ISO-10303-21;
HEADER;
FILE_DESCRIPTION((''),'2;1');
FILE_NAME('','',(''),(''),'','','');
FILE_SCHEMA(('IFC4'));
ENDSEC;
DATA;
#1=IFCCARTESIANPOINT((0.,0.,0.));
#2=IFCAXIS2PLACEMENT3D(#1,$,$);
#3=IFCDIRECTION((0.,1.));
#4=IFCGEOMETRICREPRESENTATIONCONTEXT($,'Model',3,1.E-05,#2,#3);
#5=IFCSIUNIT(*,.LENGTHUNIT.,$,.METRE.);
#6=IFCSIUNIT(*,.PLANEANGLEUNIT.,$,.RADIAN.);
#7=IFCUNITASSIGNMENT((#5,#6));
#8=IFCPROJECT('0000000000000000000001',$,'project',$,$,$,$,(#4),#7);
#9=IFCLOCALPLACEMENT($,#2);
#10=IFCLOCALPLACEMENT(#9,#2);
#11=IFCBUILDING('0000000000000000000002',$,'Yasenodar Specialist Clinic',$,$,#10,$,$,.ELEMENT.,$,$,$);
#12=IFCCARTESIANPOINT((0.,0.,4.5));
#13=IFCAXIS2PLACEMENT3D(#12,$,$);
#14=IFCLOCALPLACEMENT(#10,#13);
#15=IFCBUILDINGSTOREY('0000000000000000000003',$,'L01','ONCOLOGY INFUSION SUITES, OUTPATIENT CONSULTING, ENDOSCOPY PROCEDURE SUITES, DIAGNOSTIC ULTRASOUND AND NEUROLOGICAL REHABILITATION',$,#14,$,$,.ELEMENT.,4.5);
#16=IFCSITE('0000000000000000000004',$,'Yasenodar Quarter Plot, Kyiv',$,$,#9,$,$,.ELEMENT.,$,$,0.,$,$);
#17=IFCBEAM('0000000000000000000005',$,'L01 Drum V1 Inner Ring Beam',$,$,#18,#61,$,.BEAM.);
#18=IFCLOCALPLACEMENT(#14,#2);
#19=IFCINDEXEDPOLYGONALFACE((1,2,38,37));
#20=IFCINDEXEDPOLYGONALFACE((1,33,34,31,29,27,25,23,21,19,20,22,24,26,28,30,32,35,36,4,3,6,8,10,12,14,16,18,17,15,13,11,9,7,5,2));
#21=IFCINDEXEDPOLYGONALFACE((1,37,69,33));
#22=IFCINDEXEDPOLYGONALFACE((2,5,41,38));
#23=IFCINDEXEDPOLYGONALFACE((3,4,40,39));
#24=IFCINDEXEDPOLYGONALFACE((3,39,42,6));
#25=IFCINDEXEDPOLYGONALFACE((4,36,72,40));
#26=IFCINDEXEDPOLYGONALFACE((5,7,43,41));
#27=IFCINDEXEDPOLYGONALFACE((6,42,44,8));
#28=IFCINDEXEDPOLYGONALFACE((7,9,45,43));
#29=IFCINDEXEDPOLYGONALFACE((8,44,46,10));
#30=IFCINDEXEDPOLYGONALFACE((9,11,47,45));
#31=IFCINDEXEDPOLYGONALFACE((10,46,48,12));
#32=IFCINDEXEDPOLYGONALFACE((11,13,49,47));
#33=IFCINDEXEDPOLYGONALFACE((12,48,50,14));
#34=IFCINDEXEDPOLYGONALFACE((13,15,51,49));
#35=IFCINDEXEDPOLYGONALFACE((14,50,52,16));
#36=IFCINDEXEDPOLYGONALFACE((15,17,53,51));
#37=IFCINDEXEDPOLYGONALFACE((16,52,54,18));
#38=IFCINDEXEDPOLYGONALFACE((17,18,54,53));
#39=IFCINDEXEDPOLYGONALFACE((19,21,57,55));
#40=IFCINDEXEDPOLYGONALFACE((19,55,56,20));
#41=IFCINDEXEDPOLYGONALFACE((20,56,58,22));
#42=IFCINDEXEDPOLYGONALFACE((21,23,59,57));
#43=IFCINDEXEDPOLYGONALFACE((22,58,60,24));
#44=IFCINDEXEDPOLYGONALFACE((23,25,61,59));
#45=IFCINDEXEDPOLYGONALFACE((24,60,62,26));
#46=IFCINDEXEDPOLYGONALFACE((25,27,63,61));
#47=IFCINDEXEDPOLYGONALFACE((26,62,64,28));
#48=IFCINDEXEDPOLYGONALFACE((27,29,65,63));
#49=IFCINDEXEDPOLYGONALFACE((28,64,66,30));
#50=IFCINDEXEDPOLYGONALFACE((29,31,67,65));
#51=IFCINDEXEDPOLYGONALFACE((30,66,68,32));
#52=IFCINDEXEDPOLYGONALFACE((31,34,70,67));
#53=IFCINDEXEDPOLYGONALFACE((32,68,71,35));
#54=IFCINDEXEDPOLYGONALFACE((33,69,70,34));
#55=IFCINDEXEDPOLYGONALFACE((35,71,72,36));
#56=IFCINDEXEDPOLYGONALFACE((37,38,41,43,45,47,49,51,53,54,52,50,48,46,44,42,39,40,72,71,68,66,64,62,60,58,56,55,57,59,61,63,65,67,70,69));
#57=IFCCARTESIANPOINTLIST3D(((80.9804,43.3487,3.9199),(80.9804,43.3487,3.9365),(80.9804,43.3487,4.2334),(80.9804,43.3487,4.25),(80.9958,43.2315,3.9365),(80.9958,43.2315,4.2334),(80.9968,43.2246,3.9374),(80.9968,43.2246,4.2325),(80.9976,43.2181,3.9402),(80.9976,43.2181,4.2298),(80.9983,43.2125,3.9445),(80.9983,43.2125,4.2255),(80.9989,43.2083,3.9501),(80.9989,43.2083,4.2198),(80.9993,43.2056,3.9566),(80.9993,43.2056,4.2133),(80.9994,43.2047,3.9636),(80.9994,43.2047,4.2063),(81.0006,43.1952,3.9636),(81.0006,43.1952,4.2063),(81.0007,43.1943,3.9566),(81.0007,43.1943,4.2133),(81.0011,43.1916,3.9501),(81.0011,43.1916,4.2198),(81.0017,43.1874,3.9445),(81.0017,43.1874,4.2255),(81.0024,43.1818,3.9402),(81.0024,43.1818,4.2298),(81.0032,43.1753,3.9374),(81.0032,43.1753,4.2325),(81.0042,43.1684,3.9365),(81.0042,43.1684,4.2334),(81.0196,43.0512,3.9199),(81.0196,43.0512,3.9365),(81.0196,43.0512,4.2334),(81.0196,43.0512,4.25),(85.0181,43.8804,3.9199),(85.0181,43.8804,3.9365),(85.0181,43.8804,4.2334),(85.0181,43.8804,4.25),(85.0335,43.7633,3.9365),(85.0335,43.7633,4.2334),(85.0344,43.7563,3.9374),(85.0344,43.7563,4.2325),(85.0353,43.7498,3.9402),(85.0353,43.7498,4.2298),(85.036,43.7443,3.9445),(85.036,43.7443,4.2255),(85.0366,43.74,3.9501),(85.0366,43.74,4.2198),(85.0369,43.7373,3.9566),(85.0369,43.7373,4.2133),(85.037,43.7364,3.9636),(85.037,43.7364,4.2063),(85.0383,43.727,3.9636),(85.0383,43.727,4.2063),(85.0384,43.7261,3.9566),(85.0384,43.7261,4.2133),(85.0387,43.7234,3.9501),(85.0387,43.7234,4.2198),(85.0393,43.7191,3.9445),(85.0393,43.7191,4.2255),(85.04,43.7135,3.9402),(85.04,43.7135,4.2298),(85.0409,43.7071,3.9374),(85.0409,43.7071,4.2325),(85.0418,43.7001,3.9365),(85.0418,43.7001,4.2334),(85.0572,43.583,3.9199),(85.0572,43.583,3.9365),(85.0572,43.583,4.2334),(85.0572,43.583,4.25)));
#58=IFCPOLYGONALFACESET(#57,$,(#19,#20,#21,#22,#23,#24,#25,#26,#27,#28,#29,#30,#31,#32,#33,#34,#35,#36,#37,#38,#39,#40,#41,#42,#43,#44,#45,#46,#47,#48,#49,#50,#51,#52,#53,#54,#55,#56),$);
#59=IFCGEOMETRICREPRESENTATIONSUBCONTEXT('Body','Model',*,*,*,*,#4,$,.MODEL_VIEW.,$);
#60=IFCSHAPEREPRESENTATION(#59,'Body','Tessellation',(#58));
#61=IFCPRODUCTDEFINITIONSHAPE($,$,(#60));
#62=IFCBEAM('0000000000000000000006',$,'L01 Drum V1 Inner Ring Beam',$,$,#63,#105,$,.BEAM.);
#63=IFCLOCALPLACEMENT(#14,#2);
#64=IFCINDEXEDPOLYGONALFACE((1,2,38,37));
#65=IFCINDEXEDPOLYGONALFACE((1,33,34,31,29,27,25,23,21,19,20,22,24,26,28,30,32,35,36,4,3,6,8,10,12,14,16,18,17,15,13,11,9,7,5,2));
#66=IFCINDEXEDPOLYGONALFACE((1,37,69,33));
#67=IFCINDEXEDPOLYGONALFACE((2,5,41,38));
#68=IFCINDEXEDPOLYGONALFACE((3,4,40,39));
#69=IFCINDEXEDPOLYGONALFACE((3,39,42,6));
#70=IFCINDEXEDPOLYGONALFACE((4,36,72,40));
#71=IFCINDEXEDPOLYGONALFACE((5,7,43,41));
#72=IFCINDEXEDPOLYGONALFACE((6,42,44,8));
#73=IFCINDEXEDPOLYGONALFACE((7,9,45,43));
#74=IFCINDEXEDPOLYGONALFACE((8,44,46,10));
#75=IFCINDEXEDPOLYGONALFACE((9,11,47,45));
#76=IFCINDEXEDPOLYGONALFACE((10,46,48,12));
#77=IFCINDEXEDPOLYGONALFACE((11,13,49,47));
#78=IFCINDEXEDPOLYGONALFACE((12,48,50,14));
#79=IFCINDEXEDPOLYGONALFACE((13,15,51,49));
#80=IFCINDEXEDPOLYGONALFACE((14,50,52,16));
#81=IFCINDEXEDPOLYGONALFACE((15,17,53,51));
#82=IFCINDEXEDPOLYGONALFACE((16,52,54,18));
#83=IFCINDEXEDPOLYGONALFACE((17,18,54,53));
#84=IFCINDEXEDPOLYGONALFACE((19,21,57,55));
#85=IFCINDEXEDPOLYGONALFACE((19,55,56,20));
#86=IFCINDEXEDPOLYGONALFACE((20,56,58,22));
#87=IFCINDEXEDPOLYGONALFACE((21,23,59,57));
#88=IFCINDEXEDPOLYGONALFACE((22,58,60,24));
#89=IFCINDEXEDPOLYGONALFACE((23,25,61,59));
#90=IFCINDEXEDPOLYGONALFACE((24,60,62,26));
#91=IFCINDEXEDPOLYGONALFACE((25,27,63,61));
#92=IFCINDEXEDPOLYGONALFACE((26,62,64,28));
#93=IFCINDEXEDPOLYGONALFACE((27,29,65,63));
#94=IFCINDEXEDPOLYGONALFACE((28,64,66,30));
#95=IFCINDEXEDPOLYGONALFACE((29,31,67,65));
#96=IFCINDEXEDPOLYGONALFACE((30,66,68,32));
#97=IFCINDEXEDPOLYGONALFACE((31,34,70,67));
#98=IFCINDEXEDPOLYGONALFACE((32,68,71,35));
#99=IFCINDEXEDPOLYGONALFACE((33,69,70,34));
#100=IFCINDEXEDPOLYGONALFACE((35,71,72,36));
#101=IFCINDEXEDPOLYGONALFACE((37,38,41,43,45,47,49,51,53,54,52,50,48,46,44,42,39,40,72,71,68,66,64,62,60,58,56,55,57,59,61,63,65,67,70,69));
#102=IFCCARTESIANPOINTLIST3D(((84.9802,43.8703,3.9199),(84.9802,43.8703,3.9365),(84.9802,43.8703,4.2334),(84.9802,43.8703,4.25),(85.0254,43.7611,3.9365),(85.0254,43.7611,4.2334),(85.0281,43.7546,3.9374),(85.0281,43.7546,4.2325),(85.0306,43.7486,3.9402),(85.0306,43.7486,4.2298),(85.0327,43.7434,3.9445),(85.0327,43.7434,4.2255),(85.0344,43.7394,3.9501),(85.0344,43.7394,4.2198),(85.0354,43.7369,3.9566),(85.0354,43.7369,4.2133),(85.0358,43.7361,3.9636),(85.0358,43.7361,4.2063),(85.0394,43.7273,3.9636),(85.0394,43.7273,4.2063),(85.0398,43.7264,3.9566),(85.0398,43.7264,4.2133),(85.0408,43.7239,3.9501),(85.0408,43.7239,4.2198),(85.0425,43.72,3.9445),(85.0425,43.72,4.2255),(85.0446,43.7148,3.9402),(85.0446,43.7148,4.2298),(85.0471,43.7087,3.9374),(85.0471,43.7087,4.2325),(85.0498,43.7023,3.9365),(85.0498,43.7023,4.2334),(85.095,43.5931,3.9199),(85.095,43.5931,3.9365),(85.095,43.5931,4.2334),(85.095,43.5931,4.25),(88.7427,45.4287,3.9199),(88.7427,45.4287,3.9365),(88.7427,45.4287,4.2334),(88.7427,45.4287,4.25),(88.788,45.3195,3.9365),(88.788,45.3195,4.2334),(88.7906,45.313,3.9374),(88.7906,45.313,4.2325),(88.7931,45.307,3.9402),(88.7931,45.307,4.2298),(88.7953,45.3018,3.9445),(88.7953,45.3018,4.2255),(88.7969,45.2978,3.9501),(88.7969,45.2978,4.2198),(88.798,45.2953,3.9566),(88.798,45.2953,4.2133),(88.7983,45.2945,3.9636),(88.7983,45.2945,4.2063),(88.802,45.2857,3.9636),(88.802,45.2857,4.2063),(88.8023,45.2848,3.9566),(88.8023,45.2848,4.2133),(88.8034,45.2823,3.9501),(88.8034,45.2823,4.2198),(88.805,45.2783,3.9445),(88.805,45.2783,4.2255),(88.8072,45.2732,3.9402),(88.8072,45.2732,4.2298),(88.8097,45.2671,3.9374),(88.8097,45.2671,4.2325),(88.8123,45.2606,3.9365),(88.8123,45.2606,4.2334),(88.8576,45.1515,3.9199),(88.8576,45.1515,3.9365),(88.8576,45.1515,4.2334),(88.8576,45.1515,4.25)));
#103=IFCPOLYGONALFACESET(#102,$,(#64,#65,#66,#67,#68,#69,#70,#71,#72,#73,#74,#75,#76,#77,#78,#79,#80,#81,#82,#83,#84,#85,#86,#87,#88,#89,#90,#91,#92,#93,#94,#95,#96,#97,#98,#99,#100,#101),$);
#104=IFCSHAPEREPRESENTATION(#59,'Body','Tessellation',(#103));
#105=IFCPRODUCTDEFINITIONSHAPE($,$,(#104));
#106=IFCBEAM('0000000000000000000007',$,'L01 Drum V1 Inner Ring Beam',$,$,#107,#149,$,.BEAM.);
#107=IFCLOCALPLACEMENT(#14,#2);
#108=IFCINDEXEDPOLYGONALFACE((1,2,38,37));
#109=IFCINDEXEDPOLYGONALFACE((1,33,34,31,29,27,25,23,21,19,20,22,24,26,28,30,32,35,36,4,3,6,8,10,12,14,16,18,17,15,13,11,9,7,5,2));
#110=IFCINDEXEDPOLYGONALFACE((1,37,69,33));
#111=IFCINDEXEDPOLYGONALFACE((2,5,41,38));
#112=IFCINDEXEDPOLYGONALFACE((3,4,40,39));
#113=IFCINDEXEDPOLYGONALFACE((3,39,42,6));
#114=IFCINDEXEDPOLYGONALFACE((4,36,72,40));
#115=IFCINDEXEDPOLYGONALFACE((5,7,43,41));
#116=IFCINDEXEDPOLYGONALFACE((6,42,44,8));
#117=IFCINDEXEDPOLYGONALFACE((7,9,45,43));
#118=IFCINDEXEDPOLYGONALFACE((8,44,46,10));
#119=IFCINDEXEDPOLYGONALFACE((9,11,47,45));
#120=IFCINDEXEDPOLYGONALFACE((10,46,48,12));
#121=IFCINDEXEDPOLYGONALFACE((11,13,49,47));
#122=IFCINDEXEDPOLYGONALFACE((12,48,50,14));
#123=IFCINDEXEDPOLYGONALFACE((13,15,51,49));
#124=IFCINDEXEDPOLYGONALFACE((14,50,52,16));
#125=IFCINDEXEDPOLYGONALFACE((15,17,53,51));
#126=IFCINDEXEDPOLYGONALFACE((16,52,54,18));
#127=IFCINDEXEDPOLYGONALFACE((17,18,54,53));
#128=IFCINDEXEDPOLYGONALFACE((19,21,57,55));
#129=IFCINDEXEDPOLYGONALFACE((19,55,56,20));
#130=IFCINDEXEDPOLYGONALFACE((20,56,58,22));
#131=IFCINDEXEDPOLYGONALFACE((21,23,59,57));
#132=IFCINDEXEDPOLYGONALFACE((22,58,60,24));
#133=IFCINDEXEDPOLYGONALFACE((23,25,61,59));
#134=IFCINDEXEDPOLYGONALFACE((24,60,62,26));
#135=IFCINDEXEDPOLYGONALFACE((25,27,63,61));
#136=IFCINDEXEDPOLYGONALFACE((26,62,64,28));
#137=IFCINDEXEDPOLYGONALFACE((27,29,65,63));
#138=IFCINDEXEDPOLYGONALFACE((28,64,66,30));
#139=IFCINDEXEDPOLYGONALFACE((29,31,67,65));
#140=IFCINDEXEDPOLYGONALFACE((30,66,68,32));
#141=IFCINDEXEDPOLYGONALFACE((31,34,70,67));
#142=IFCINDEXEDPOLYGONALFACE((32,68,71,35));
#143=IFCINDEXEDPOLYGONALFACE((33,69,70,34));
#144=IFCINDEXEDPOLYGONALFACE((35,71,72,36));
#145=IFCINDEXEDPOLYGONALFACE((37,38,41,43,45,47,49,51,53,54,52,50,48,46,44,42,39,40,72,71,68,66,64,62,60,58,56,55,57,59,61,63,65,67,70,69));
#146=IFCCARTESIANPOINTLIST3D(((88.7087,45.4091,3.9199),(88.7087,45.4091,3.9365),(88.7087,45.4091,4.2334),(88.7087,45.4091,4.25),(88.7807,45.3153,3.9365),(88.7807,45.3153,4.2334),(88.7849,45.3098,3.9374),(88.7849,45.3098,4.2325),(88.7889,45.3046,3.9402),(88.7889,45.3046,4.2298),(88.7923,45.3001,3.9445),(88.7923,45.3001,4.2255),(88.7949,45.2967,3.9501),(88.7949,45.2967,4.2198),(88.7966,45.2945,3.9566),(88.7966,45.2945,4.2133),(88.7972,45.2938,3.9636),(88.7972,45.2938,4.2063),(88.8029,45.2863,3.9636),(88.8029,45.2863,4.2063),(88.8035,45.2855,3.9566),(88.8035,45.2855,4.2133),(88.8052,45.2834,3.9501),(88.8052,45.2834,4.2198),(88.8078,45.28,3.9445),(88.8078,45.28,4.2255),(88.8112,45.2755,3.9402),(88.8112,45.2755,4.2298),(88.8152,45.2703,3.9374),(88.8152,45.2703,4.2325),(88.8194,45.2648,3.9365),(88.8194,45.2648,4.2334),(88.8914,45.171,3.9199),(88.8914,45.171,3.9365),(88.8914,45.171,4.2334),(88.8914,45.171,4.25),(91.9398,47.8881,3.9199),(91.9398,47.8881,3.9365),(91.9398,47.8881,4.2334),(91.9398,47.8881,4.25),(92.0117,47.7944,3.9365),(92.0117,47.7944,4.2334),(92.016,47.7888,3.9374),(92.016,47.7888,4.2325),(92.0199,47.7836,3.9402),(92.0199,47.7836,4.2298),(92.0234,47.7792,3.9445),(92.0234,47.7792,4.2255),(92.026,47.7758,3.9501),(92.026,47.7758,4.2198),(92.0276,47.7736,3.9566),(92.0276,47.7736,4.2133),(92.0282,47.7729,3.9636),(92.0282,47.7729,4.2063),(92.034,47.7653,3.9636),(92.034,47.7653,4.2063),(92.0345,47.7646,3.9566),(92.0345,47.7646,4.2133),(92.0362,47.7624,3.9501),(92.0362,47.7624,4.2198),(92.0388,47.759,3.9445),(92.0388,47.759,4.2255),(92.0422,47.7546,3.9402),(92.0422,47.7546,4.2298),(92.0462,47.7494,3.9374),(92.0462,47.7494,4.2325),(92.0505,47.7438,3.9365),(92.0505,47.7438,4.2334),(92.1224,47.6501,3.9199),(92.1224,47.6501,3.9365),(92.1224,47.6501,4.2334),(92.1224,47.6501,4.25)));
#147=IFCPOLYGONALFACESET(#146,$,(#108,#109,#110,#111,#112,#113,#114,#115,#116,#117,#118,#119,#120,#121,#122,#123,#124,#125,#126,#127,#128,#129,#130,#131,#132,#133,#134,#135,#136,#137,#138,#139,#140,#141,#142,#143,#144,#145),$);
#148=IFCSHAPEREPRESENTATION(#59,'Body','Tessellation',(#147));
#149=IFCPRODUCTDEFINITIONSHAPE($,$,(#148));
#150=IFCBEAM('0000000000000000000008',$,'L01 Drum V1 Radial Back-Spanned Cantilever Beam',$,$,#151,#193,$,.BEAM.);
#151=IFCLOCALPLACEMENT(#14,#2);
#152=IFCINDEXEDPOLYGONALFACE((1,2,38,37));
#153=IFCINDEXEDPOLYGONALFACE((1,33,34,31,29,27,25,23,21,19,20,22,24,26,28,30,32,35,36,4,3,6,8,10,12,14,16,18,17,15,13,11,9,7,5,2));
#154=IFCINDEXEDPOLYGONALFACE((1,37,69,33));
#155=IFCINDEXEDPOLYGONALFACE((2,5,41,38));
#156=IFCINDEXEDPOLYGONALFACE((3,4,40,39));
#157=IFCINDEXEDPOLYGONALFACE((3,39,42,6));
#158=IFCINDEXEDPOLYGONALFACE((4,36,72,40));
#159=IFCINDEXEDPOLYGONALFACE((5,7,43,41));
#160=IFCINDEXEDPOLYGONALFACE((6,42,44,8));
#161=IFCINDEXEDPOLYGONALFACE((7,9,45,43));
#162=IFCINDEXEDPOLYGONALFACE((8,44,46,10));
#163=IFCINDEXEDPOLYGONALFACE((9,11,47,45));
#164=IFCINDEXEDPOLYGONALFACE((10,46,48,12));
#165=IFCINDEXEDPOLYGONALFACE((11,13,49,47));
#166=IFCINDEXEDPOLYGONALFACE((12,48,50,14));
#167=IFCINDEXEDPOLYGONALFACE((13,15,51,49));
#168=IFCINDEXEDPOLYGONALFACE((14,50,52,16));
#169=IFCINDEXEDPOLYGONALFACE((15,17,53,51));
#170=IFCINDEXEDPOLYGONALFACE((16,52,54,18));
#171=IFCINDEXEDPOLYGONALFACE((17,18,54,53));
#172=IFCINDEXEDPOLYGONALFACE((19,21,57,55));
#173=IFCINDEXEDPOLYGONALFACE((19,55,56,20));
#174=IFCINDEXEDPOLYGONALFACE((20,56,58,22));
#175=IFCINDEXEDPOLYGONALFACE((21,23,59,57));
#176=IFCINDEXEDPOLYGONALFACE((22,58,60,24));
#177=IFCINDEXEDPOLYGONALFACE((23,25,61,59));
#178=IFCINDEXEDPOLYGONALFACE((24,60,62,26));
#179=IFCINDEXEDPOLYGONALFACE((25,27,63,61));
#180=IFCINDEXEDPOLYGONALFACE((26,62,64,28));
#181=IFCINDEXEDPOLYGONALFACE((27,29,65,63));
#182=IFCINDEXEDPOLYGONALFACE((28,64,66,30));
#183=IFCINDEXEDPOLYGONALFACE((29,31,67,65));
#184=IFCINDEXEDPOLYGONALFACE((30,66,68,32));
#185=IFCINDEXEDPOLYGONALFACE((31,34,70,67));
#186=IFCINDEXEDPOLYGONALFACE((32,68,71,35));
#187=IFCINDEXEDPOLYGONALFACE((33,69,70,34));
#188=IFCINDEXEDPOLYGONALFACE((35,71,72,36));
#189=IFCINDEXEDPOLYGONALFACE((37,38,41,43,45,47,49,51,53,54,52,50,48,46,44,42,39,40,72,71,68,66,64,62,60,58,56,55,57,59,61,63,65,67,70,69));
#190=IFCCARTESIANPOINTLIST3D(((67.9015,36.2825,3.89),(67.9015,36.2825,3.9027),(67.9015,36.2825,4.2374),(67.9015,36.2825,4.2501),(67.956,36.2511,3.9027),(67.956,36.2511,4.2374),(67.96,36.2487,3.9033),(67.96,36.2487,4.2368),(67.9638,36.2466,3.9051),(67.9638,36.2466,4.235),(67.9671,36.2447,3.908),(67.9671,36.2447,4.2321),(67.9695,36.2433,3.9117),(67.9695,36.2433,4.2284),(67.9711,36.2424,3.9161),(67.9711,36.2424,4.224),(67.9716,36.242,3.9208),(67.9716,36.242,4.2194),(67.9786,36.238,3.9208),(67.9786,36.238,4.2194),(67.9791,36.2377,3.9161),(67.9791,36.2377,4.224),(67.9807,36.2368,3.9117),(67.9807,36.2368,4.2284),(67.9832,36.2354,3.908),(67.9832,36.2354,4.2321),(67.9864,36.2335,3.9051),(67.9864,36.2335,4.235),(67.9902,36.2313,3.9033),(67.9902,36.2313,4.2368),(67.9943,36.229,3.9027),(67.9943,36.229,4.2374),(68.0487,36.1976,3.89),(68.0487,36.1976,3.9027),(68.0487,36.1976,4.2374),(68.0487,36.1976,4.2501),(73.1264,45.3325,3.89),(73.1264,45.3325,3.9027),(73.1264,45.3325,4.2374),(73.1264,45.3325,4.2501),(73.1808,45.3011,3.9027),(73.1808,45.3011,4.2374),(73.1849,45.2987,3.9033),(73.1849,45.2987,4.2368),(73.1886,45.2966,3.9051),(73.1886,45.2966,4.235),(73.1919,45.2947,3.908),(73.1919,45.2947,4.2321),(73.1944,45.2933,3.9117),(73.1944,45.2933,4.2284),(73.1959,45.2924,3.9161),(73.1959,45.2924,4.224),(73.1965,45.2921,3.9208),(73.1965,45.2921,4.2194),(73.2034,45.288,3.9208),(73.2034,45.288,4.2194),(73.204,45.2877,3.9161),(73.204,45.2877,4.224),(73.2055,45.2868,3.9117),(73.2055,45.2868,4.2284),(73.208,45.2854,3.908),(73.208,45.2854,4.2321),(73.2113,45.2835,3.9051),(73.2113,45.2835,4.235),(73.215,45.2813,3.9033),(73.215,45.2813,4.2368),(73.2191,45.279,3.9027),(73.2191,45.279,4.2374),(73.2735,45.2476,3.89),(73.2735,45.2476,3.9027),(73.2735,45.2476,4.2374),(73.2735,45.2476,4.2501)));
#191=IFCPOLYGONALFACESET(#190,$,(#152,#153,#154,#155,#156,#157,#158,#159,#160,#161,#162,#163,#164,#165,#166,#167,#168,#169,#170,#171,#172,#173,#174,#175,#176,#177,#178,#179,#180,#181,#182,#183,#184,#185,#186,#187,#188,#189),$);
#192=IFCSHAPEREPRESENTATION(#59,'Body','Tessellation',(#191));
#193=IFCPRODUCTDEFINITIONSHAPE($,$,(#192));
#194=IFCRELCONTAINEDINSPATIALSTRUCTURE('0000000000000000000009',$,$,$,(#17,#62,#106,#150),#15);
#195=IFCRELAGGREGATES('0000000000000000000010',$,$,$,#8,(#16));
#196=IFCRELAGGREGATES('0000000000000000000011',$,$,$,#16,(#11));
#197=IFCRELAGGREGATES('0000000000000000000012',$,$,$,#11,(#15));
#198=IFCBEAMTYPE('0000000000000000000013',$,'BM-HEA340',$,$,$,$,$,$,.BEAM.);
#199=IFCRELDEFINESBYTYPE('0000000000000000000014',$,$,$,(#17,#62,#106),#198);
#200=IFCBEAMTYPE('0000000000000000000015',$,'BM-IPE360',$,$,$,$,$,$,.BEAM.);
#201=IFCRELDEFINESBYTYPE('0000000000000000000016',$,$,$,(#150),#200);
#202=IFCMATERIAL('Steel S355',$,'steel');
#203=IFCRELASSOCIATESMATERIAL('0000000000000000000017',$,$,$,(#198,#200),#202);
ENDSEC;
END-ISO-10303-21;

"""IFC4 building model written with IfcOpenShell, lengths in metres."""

from ifc_helpers import new_model, si_unit, direction, frame, origin, origin_2d, place, context, subcontext, project, spatial, i_section, extrude, material, material_profile, profile_set, type_object, element, save


model = new_model("IFC4")

# Units and contexts
model_context = context("Model", 3, precision=1e-05, world=origin(), true_north=direction((0.0, 1.0)))
body_context = subcontext(model_context, "Body", "Model", "MODEL_VIEW")
ifc_project = project(units=[si_unit("LENGTHUNIT", "METRE"), si_unit("PLANEANGLEUNIT", "RADIAN")], contexts=[model_context])

# Site, building, storey
site_placement = place(None, origin())
site = spatial("IfcSite", under=ifc_project, at=site_placement, Name="Yasenodar Quarter Plot, Kyiv", CompositionType="ELEMENT", RefElevation=0.0)
building_placement = place(site_placement, origin())
building = spatial("IfcBuilding", under=site, at=building_placement, Name="Yasenodar Specialist Clinic", CompositionType="ELEMENT")
storey_placement = place(building_placement, frame((0.0, 0.0, 4.5)))
storey = spatial("IfcBuildingStorey", under=building, at=storey_placement, Name="L01", Description="ONCOLOGY INFUSION SUITES, OUTPATIENT CONSULTING, ENDOSCOPY PROCEDURE SUITES, DIAGNOSTIC ULTRASOUND AND NEUROLOGICAL REHABILITATION", CompositionType="ELEMENT", Elevation=4.5)

# Shared definitions
ifc_material_1 = material(Name="Steel S355", Category="steel")

# Beams
ifc_material_profile_1 = material_profile(ifc_material_1, i_section(OverallWidth=0.3, OverallDepth=0.3301, WebThickness=0.0095, FlangeThickness=0.0166, FilletRadius=0.0271, at=origin_2d()), Name="HEA 340")
ifc_profile_set_1 = profile_set([ifc_material_profile_1], Name="Steel S355")
beam_type_1 = type_object("IfcBeamType", Name="BM-HEA340", PredefinedType="BEAM", material=ifc_profile_set_1)
for number, where, z_axis, x_axis, name in (
    (1, (81.0, 43.2, 4.085), (0.991439, 0.130569, 0.0), (-0.130569, 0.991439, 0.0), "L01 Drum V1 Inner Ring Beam"),
    (2, (85.0376, 43.7317, 4.085), (0.923889, 0.382661, 0.0), (-0.382661, 0.923889, 0.0), "L01 Drum V1 Inner Ring Beam"),
    (3, (88.8, 45.29, 4.085), (0.793377, 0.608731, 0.0), (-0.608731, 0.793377, 0.0), "L01 Drum V1 Inner Ring Beam"),
):
    element("IfcBeam", number, at=place(storey_placement, frame(where, z_axis=z_axis, x_axis=x_axis)), inside=storey, type_object=beam_type_1, Name=name, PredefinedType="BEAM", context=body_context, shape_type="SweptSolid", body=[
        extrude(i_section(OverallWidth=0.3, OverallDepth=0.3301, WebThickness=0.0095, FlangeThickness=0.0166, FilletRadius=0.0271, at=origin_2d()), origin(), (0.0, 0.0, 1.0), 4.0725),
    ])
ifc_material_profile_2 = material_profile(ifc_material_1, i_section(OverallWidth=0.1699, OverallDepth=0.3601, WebThickness=0.0081, FlangeThickness=0.0127, FilletRadius=0.0181, at=origin_2d()), Name="IPE 360")
ifc_profile_set_2 = profile_set([ifc_material_profile_2], Name="Steel S355")
beam_type_2 = type_object("IfcBeamType", Name="BM-IPE360", PredefinedType="BEAM", material=ifc_profile_set_2)
for number, where, z_axis, x_axis, name in (
    (4, (73.2, 45.29, 4.0701), (-0.499986, -0.866033, 0.0), (0.866033, -0.499986, 0.0), "L01 Drum V1 Radial Back-Spanned Cantilever Beam"),
):
    element("IfcBeam", number, at=place(storey_placement, frame(where, z_axis=z_axis, x_axis=x_axis)), inside=storey, type_object=beam_type_2, Name=name, PredefinedType="BEAM", context=body_context, shape_type="SweptSolid", body=[
        extrude(i_section(OverallWidth=0.1699, OverallDepth=0.3601, WebThickness=0.0081, FlangeThickness=0.0127, FilletRadius=0.0181, at=origin_2d()), origin(), (0.0, 0.0, 1.0), 10.45),
    ])

save(model, "model.ifc")
